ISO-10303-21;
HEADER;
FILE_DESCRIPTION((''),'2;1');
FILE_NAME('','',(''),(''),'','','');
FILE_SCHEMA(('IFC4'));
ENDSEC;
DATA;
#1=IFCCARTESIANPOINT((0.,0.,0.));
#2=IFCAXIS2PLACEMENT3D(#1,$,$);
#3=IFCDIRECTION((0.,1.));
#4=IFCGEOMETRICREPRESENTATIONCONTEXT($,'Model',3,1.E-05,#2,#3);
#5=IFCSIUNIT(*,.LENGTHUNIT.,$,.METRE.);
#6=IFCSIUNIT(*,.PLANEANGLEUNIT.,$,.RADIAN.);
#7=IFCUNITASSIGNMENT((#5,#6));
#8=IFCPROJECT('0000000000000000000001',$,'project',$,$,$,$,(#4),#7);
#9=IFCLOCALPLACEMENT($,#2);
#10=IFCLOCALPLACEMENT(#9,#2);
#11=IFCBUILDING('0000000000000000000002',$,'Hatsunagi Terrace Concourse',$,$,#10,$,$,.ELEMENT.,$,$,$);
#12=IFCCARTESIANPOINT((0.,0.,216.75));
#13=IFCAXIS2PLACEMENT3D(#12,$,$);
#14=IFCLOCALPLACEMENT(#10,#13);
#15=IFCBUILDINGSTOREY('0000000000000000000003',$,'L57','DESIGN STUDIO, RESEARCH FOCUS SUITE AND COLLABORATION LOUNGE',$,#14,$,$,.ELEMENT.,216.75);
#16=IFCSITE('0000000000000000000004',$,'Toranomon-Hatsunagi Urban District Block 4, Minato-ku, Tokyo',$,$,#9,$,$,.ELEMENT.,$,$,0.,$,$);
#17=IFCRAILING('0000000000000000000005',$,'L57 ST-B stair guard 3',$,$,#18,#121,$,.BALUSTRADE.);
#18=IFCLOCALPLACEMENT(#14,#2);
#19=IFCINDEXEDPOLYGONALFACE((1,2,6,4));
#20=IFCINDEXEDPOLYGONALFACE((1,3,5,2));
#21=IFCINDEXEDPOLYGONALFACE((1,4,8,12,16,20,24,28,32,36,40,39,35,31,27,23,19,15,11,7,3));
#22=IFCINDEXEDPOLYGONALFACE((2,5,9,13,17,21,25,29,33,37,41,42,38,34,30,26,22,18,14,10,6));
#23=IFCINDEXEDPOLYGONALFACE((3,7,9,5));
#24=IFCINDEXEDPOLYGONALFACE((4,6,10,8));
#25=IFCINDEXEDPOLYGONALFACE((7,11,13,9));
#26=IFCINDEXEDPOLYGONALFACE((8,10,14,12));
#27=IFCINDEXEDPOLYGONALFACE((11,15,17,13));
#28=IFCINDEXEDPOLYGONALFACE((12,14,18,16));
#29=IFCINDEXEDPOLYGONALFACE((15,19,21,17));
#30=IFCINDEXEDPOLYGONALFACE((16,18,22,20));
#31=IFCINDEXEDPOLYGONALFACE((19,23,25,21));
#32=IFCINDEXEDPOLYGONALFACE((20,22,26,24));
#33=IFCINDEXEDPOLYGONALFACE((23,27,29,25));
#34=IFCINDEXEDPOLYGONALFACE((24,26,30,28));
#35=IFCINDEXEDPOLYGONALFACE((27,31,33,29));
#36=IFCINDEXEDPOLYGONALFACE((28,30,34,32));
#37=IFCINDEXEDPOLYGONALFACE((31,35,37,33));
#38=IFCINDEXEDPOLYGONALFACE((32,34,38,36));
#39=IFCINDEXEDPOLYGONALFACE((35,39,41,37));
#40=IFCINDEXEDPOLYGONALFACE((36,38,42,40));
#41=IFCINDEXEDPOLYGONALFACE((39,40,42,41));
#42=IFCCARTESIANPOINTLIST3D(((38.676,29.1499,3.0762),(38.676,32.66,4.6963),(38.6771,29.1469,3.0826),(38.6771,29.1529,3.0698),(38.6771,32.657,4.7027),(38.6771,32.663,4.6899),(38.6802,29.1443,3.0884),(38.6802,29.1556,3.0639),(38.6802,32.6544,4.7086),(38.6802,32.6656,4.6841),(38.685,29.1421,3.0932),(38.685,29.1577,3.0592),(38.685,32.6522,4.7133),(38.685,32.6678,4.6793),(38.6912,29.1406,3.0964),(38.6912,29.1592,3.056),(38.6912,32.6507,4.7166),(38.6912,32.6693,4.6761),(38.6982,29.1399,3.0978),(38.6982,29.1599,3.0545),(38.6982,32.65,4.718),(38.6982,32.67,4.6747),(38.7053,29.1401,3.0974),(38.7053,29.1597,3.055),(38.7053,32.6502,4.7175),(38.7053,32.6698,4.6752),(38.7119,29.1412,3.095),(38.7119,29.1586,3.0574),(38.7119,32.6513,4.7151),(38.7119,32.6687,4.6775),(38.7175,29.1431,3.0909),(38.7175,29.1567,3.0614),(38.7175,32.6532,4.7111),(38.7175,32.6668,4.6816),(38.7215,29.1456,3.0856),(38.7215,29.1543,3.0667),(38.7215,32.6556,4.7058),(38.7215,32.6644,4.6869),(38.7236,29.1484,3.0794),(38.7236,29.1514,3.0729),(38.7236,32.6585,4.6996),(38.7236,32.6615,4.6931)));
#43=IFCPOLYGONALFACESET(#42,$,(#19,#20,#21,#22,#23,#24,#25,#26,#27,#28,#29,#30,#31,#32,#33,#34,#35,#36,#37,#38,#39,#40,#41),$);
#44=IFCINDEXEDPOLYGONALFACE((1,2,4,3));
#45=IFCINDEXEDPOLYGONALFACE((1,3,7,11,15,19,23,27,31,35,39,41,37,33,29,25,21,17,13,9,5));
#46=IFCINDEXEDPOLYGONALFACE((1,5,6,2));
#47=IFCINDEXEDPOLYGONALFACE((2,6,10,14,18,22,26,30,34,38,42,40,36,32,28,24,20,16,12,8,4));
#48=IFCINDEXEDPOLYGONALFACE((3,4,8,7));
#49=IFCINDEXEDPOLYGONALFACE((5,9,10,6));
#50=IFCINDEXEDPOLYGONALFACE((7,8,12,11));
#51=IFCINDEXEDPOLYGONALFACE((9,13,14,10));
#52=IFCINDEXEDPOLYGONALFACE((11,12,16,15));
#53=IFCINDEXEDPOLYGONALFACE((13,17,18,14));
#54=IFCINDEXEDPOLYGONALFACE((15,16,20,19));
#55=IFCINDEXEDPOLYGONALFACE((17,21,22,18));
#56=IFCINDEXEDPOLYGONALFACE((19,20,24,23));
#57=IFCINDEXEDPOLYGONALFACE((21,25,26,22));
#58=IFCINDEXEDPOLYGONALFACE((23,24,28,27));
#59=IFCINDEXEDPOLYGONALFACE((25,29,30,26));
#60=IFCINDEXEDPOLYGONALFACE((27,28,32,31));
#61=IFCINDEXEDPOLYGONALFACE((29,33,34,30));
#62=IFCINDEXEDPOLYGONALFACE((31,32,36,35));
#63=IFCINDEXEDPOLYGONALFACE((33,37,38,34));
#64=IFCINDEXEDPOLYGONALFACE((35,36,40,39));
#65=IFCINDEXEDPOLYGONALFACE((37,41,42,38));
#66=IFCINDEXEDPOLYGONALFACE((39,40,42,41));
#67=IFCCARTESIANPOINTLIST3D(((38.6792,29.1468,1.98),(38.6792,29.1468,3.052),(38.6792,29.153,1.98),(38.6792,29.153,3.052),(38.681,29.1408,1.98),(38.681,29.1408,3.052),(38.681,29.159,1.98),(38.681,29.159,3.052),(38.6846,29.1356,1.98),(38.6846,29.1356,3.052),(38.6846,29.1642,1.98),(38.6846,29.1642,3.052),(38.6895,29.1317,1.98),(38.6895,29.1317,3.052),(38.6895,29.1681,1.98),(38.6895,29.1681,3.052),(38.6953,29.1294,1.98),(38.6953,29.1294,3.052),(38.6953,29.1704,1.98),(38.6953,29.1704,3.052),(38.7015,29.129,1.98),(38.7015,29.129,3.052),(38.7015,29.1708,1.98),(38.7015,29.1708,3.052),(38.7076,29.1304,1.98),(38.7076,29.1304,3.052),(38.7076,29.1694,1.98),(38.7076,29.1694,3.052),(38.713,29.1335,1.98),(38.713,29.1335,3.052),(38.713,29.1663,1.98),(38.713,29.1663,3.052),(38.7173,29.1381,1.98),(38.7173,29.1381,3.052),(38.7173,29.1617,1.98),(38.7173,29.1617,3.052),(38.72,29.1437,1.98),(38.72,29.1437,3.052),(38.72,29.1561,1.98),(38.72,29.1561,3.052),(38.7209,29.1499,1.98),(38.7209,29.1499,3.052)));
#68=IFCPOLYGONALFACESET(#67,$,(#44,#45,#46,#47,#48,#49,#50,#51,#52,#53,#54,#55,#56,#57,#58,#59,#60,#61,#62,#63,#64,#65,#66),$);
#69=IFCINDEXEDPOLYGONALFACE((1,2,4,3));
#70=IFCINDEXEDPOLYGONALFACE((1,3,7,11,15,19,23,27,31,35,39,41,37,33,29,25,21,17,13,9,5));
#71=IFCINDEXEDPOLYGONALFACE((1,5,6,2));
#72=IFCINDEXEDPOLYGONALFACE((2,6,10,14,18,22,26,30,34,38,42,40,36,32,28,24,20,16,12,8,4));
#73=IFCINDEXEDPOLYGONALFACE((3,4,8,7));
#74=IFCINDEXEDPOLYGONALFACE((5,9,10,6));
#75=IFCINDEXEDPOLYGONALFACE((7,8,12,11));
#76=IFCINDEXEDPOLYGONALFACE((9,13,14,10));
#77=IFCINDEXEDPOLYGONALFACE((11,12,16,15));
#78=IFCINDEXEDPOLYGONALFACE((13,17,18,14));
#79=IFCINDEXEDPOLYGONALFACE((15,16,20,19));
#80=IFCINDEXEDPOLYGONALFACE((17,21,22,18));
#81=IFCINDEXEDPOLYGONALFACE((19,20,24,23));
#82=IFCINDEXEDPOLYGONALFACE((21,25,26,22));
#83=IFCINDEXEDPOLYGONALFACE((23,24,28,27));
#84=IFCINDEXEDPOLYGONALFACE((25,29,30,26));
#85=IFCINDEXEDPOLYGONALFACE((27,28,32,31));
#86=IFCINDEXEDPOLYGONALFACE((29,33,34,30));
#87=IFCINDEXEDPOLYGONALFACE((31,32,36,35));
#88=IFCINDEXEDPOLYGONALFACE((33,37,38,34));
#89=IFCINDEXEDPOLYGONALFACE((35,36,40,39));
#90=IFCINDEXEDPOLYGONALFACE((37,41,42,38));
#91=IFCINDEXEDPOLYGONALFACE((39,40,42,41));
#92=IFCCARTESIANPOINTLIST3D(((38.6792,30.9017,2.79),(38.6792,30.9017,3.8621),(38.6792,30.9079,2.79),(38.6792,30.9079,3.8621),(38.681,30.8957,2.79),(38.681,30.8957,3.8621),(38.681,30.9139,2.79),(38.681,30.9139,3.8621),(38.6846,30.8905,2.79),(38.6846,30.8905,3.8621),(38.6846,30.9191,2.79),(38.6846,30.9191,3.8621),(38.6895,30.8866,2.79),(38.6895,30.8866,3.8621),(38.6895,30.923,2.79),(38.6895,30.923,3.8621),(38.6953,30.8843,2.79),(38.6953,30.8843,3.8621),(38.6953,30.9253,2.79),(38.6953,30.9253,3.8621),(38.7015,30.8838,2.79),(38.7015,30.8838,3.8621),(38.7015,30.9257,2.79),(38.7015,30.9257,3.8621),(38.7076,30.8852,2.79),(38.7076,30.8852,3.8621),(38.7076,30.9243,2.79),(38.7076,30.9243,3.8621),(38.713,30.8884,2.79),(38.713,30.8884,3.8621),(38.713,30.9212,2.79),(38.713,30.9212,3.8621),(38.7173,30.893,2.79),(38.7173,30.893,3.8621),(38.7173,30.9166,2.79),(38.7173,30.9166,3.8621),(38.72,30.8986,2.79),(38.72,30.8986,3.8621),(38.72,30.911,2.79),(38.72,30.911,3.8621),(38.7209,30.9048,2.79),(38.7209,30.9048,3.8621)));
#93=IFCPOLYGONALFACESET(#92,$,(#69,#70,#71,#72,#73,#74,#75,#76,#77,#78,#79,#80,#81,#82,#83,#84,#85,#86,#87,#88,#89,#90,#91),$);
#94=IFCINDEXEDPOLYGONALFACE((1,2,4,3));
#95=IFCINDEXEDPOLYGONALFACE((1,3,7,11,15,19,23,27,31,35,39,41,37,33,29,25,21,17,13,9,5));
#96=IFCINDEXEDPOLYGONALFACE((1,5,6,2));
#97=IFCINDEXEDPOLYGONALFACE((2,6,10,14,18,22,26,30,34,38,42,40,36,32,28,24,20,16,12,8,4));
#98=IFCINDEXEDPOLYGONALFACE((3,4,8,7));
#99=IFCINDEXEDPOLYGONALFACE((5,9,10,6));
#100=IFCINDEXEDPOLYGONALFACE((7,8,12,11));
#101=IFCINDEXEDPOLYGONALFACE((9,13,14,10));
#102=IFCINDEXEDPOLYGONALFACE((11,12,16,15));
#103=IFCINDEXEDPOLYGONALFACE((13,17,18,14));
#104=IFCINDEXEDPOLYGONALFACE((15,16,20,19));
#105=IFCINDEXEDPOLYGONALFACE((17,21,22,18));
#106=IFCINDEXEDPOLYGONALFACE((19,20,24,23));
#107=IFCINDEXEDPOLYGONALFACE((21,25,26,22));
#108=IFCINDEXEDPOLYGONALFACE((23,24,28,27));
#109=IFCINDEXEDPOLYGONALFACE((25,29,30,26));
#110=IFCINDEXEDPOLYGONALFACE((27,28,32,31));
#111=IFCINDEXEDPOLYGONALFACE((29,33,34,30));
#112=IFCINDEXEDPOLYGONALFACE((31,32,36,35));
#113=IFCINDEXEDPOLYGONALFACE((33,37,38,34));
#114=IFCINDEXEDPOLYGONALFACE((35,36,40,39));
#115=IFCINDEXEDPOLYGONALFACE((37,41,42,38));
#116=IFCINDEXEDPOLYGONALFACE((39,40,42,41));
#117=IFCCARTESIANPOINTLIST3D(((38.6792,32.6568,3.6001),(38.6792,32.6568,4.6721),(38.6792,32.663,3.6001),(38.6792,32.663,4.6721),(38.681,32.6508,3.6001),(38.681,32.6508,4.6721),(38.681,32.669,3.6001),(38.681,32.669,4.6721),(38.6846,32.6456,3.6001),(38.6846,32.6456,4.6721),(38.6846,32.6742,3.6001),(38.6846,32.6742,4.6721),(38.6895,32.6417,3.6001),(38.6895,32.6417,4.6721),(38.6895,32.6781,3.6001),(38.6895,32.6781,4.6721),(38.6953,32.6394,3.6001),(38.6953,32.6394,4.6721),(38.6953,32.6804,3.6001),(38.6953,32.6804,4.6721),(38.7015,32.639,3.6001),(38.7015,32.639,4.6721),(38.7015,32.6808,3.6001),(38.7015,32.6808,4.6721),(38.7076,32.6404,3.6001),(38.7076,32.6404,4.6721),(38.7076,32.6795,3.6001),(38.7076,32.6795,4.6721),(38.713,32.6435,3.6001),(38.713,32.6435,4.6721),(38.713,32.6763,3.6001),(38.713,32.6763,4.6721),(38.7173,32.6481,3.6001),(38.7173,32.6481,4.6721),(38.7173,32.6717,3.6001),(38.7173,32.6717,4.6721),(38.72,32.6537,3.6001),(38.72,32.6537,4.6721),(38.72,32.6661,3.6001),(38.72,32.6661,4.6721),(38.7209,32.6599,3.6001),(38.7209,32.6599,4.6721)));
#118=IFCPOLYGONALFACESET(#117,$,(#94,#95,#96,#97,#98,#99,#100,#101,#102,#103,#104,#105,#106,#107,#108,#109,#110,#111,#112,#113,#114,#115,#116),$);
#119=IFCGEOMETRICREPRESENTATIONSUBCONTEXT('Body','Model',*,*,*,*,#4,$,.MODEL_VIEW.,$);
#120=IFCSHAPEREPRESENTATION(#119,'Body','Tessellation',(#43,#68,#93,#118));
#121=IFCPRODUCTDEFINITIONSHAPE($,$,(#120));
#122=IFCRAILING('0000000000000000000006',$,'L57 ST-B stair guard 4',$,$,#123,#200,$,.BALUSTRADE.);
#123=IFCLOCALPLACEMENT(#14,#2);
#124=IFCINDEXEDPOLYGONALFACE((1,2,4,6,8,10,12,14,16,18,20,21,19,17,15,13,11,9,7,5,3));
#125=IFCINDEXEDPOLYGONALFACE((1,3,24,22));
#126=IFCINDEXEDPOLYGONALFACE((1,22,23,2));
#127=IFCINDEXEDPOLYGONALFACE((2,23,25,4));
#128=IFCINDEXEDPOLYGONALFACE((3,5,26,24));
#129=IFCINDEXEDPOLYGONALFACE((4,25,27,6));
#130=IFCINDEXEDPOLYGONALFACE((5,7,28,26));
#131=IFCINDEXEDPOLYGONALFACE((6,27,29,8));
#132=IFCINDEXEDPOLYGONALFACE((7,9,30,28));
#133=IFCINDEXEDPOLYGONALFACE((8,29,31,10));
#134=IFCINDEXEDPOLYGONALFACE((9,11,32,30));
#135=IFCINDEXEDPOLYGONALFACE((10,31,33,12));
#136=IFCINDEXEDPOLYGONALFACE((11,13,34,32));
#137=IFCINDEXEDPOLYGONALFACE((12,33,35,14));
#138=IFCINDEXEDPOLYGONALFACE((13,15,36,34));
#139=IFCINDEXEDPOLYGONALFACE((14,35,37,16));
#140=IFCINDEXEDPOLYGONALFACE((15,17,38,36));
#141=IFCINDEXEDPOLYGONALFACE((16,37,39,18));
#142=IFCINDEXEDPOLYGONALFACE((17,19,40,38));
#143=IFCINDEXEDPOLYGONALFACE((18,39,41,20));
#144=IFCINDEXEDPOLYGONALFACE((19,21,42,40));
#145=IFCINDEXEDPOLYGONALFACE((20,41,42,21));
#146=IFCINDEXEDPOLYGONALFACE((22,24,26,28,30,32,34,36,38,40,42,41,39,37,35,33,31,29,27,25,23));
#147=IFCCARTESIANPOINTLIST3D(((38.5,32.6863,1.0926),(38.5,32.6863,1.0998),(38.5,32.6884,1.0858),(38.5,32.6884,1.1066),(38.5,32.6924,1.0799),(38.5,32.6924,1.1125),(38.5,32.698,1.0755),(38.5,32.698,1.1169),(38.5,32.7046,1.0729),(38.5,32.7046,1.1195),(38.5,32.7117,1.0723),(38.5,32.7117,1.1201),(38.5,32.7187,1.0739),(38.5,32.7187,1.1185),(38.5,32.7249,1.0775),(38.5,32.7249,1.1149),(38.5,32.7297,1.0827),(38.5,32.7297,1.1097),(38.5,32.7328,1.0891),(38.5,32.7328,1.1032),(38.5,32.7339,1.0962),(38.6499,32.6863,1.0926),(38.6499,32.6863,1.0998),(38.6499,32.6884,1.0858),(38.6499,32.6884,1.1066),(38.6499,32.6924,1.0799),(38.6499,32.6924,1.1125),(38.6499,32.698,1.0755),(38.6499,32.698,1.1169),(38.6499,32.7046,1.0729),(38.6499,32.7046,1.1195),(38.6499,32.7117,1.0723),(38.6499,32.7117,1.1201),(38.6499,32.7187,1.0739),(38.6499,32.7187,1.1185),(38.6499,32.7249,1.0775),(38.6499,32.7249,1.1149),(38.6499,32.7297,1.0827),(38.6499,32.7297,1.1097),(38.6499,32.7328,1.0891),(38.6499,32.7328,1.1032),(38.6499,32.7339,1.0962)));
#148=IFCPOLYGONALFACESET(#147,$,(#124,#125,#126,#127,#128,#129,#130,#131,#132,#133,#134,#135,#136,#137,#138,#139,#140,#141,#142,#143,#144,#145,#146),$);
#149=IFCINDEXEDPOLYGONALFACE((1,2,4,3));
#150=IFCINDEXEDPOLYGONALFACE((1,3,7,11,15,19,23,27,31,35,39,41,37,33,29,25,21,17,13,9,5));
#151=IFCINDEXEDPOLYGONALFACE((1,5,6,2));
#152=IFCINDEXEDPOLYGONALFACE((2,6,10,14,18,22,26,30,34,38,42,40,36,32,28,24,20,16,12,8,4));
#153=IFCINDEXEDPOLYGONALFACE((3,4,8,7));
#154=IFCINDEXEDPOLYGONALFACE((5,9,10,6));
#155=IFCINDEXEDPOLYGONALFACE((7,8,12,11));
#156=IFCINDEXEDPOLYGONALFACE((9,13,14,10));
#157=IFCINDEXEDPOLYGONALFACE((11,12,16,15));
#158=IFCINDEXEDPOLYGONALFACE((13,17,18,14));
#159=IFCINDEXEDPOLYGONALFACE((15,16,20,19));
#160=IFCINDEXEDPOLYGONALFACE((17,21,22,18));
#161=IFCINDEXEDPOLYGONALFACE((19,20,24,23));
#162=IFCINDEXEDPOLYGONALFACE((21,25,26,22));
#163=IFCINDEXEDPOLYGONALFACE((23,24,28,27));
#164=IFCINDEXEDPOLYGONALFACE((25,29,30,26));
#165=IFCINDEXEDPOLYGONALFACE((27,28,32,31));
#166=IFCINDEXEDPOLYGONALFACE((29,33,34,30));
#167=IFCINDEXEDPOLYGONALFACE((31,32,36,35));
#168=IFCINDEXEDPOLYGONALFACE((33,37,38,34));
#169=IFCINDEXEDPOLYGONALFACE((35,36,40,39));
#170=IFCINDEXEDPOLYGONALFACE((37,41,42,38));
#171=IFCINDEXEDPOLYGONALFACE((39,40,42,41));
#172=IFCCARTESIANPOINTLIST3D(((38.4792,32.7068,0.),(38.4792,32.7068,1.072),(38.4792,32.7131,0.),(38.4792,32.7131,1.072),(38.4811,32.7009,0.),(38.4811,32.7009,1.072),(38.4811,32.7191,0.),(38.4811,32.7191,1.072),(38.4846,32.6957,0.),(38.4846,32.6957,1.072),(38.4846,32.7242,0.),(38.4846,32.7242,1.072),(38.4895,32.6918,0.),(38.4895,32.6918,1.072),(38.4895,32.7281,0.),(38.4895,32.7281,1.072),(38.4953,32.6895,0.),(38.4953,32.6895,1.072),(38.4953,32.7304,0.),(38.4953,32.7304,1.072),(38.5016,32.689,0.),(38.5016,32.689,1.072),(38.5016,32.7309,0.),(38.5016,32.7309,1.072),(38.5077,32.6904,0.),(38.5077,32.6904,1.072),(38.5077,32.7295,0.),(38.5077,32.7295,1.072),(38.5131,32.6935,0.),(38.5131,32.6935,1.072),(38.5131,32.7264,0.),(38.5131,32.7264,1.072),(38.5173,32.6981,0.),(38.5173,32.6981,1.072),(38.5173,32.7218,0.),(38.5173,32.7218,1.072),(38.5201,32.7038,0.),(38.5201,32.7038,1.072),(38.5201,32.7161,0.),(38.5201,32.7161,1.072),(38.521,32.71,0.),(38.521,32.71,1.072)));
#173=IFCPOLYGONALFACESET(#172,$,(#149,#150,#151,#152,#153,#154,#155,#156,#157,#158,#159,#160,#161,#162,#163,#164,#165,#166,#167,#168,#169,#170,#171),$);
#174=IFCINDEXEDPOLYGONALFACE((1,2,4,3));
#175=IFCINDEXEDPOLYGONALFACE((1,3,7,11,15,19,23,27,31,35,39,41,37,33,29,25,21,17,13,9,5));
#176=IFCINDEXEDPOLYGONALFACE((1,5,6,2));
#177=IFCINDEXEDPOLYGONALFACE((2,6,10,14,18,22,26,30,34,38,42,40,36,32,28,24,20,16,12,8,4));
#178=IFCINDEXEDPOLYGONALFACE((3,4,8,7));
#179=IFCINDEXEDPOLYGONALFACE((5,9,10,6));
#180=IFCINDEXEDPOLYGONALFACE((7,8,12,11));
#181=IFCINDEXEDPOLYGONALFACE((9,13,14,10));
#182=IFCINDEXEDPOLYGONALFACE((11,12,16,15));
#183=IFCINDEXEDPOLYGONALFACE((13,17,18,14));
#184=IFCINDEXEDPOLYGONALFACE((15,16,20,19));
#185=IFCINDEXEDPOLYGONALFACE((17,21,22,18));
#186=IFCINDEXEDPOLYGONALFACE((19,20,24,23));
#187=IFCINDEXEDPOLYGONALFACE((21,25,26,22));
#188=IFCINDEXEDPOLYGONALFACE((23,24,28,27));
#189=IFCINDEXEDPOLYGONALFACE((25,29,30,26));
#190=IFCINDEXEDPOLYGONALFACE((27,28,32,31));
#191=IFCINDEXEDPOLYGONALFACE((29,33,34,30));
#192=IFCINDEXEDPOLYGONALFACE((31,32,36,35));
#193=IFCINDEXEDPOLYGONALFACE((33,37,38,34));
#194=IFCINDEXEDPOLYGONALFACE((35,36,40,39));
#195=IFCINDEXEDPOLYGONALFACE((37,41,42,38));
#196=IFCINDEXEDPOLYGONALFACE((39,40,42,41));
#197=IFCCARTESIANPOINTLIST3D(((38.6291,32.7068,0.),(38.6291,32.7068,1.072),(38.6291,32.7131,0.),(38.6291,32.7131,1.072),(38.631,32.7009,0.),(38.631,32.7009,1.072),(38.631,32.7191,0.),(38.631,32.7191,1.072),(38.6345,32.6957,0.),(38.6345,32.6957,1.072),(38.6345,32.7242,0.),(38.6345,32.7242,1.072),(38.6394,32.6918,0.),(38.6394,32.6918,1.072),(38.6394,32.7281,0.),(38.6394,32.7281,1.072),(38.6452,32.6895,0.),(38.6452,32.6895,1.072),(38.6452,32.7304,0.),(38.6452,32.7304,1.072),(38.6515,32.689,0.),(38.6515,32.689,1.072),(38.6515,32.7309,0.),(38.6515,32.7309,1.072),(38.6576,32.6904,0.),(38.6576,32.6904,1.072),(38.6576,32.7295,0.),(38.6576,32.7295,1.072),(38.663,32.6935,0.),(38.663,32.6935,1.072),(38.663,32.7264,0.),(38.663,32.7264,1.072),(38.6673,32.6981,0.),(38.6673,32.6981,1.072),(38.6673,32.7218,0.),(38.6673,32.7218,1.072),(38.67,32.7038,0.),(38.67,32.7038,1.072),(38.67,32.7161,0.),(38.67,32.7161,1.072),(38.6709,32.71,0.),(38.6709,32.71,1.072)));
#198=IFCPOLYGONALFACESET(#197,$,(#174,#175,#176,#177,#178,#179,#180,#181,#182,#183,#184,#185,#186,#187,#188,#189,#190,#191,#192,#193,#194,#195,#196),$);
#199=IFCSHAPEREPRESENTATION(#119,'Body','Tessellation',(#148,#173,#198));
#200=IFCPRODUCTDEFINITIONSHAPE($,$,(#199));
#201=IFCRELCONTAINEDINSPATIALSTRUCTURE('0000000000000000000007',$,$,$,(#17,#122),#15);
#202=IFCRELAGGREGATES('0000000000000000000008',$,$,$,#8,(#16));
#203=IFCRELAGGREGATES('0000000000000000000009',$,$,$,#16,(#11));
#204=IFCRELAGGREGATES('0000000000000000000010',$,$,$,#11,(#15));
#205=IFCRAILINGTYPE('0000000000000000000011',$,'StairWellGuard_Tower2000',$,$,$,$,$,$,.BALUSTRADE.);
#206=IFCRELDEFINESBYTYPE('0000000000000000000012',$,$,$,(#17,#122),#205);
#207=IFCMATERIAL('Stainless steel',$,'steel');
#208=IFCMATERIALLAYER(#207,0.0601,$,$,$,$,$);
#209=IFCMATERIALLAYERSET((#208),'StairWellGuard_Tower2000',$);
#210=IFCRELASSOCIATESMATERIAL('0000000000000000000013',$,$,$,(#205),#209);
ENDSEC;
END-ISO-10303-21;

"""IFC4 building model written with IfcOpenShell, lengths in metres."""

from ifc_helpers import new_model, si_unit, direction, frame, origin, origin_2d, place, context, subcontext, project, spatial, circle, extrude, material, layer, layer_set, type_object, element, save


model = new_model("IFC4")

# Units and contexts
model_context = context("Model", 3, precision=1e-05, world=origin(), true_north=direction((0.0, 1.0)))
body_context = subcontext(model_context, "Body", "Model", "MODEL_VIEW")
ifc_project = project(units=[si_unit("LENGTHUNIT", "METRE"), si_unit("PLANEANGLEUNIT", "RADIAN")], contexts=[model_context])

# Site, building, storey
site_placement = place(None, origin())
site = spatial("IfcSite", under=ifc_project, at=site_placement, Name="Toranomon-Hatsunagi Urban District Block 4, Minato-ku, Tokyo", CompositionType="ELEMENT", RefElevation=0.0)
building_placement = place(site_placement, origin())
building = spatial("IfcBuilding", under=site, at=building_placement, Name="Hatsunagi Terrace Concourse", CompositionType="ELEMENT")
storey_placement = place(building_placement, frame((0.0, 0.0, 216.75)))
storey = spatial("IfcBuildingStorey", under=building, at=storey_placement, Name="L57", Description="DESIGN STUDIO, RESEARCH FOCUS SUITE AND COLLABORATION LOUNGE", CompositionType="ELEMENT", Elevation=216.75)

# Railings
ifc_material_1 = material(Name="Stainless steel", Category="steel")
ifc_layer_1 = layer(ifc_material_1, 0.0601)
ifc_layer_set_1 = layer_set([ifc_layer_1], Name="StairWellGuard_Tower2000")
railing_type_1 = type_object("IfcRailingType", Name="StairWellGuard_Tower2000", PredefinedType="BALUSTRADE", material=ifc_layer_set_1)
railing_1_placement = place(storey_placement, frame((38.7, 29.1499, 1.98)))
element("IfcRailing", 1, at=railing_1_placement, inside=storey, type_object=railing_type_1, Name="L57 ST-B stair guard 3", PredefinedType="BALUSTRADE", context=body_context, shape_type="SweptSolid", body=[
    extrude(circle(Radius=0.0239, at=origin_2d()), frame((0.0, 0.0, 1.0962), z_axis=(0.0, 0.907948, 0.419082), x_axis=(-1.0, 0.0, 0.0)), (0.0, 0.0, 1.0), 3.866),
    extrude(circle(Radius=0.021, at=origin_2d()), origin(), (0.0, 0.0, 1.0), 1.072),
    extrude(circle(Radius=0.021, at=origin_2d()), frame((0.0, 1.7549, 0.8101)), (0.0, 0.0, 1.0), 1.072),
    extrude(circle(Radius=0.021, at=origin_2d()), frame((0.0, 3.51, 1.6201)), (0.0, 0.0, 1.0), 1.072),
])
railing_2_placement = place(storey_placement, frame((38.5, 32.71, 0.0)))
element("IfcRailing", 2, at=railing_2_placement, inside=storey, type_object=railing_type_1, Name="L57 ST-B stair guard 4", PredefinedType="BALUSTRADE", context=body_context, shape_type="SweptSolid", body=[
    extrude(circle(Radius=0.0239, at=origin_2d()), frame((0.0, 0.0, 1.0962), z_axis=(1.0, 0.0, 0.0), x_axis=(0.0, 1.0, 0.0)), (0.0, 0.0, 1.0), 0.1499),
    extrude(circle(Radius=0.021, at=origin_2d()), origin(), (0.0, 0.0, 1.0), 1.072),
    extrude(circle(Radius=0.021, at=origin_2d()), frame((0.1499, 0.0, 0.0)), (0.0, 0.0, 1.0), 1.072),
])

save(model, "model.ifc")
